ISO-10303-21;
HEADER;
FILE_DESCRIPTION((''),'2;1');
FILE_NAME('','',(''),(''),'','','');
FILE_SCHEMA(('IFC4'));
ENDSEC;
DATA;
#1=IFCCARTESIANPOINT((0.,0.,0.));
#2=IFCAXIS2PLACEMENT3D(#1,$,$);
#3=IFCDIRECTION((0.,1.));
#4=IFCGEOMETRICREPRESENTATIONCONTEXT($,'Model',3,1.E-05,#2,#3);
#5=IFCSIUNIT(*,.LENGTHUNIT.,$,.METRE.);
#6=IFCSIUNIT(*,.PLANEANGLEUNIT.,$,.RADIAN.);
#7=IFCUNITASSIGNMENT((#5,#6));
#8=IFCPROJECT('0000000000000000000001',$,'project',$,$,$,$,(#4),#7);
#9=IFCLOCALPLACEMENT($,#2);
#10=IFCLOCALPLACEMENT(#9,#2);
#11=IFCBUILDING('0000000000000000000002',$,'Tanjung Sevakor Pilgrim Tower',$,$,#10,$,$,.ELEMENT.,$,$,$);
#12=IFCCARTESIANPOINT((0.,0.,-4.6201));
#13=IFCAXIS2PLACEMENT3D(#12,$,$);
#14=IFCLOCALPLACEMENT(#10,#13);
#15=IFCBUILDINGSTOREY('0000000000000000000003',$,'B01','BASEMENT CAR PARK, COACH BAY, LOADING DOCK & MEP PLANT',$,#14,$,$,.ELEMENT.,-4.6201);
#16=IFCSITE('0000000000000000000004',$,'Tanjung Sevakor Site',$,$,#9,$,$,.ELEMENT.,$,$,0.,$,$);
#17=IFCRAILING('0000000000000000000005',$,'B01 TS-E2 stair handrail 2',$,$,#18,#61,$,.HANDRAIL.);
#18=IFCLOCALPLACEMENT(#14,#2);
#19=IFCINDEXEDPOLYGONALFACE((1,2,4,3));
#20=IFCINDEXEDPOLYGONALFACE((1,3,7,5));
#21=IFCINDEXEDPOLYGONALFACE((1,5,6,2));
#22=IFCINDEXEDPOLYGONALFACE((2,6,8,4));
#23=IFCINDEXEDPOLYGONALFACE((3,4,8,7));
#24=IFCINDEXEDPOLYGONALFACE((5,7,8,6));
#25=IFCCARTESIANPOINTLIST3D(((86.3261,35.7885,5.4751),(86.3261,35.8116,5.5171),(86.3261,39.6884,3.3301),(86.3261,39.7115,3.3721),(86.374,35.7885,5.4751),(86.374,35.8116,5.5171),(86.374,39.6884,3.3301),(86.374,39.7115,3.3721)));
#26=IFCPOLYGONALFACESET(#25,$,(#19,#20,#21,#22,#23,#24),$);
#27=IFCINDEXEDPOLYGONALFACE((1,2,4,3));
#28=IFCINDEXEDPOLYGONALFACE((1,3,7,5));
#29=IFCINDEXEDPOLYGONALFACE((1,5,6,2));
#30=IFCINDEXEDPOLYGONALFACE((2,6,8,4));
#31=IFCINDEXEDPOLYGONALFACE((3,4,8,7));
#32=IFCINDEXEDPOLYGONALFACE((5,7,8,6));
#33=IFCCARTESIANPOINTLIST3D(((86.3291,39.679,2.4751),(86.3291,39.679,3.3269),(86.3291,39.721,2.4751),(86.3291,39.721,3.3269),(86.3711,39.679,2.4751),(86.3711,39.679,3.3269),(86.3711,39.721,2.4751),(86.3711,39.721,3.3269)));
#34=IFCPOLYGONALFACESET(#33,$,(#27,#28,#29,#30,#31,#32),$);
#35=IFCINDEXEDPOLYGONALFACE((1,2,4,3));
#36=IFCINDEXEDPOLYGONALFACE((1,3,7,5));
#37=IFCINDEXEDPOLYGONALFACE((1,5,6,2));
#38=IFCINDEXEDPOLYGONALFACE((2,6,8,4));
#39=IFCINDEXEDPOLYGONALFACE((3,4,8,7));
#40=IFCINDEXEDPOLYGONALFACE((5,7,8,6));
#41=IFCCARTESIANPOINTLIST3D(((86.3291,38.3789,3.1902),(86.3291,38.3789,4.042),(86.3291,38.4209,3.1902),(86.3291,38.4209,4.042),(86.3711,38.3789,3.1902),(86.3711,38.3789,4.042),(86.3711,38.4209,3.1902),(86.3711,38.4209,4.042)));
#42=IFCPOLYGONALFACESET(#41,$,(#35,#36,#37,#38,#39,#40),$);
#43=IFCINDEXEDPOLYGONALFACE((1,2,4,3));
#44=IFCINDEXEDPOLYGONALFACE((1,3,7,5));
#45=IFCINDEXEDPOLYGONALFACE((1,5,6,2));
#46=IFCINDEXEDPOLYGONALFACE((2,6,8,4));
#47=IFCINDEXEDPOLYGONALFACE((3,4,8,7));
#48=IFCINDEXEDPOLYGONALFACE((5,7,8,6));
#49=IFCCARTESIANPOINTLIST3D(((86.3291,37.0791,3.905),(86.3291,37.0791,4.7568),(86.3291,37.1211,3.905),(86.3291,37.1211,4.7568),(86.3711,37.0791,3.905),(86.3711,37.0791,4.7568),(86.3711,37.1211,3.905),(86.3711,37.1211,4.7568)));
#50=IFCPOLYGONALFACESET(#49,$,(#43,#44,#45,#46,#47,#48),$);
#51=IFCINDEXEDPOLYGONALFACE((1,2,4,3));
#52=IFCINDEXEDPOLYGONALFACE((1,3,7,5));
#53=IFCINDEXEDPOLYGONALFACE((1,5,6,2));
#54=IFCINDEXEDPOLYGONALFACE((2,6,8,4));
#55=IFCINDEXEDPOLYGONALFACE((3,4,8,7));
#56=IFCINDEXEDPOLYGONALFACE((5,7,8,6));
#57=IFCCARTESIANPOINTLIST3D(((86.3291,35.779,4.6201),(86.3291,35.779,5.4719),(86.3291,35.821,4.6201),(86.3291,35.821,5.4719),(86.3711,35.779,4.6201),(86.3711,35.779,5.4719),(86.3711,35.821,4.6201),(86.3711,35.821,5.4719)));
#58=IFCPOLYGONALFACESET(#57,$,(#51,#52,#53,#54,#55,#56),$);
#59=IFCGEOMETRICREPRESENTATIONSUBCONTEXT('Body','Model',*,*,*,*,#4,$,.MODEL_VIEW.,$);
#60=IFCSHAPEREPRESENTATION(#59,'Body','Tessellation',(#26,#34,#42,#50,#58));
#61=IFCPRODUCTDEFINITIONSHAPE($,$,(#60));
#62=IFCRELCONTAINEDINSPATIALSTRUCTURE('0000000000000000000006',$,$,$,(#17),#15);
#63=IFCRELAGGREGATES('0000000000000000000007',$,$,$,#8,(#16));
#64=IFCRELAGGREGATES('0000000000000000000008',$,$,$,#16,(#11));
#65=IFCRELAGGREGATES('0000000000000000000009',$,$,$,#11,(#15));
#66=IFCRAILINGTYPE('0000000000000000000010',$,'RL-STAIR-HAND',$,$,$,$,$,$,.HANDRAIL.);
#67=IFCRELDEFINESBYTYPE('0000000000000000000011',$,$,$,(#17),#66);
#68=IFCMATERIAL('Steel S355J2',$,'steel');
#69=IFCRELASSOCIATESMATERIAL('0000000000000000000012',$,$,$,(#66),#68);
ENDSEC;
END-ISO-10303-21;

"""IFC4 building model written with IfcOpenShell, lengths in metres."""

from ifc_helpers import new_model, si_unit, direction, frame, origin, place, context, subcontext, project, spatial, rectangle, extrude, material, type_object, element, save


model = new_model("IFC4")

# Units and contexts
model_context = context("Model", 3, precision=1e-05, world=origin(), true_north=direction((0.0, 1.0)))
body_context = subcontext(model_context, "Body", "Model", "MODEL_VIEW")
ifc_project = project(units=[si_unit("LENGTHUNIT", "METRE"), si_unit("PLANEANGLEUNIT", "RADIAN")], contexts=[model_context])

# Site, building, storey
site_placement = place(None, origin())
site = spatial("IfcSite", under=ifc_project, at=site_placement, Name="Tanjung Sevakor Site", CompositionType="ELEMENT", RefElevation=0.0)
building_placement = place(site_placement, origin())
building = spatial("IfcBuilding", under=site, at=building_placement, Name="Tanjung Sevakor Pilgrim Tower", CompositionType="ELEMENT")
storey_placement = place(building_placement, frame((0.0, 0.0, -4.6201)))
storey = spatial("IfcBuildingStorey", under=building, at=storey_placement, Name="B01", Description="BASEMENT CAR PARK, COACH BAY, LOADING DOCK & MEP PLANT", CompositionType="ELEMENT", Elevation=-4.6201)

# Railing
ifc_material_1 = material(Name="Steel S355J2", Category="steel")
railing_type_1 = type_object("IfcRailingType", Name="RL-STAIR-HAND", PredefinedType="HANDRAIL", material=ifc_material_1)
railing_1_placement = place(storey_placement, frame((86.3501, 39.7, 2.4751)))
element("IfcRailing", 1, at=railing_1_placement, inside=storey, type_object=railing_type_1, Name="B01 TS-E2 stair handrail 2", PredefinedType="HANDRAIL", context=body_context, shape_type="SweptSolid", body=[
    extrude(rectangle(XDim=0.0479, YDim=0.0479), frame((0.0, 0.0, 0.876), z_axis=(0.0, -0.876209, 0.481931), x_axis=(1.0, 0.0, 0.0)), (0.0, 0.0, 1.0), 4.4509),
    extrude(rectangle(XDim=0.042, YDim=0.042), origin(), (0.0, 0.0, 1.0), 0.8518),
    extrude(rectangle(XDim=0.042, YDim=0.042), frame((0.0, -1.3, 0.7151)), (0.0, 0.0, 1.0), 0.8518),
    extrude(rectangle(XDim=0.042, YDim=0.042), frame((0.0, -2.5999, 1.4299)), (0.0, 0.0, 1.0), 0.8518),
    extrude(rectangle(XDim=0.042, YDim=0.042), frame((0.0, -3.8999, 2.145)), (0.0, 0.0, 1.0), 0.8518),
])

save(model, "model.ifc")
